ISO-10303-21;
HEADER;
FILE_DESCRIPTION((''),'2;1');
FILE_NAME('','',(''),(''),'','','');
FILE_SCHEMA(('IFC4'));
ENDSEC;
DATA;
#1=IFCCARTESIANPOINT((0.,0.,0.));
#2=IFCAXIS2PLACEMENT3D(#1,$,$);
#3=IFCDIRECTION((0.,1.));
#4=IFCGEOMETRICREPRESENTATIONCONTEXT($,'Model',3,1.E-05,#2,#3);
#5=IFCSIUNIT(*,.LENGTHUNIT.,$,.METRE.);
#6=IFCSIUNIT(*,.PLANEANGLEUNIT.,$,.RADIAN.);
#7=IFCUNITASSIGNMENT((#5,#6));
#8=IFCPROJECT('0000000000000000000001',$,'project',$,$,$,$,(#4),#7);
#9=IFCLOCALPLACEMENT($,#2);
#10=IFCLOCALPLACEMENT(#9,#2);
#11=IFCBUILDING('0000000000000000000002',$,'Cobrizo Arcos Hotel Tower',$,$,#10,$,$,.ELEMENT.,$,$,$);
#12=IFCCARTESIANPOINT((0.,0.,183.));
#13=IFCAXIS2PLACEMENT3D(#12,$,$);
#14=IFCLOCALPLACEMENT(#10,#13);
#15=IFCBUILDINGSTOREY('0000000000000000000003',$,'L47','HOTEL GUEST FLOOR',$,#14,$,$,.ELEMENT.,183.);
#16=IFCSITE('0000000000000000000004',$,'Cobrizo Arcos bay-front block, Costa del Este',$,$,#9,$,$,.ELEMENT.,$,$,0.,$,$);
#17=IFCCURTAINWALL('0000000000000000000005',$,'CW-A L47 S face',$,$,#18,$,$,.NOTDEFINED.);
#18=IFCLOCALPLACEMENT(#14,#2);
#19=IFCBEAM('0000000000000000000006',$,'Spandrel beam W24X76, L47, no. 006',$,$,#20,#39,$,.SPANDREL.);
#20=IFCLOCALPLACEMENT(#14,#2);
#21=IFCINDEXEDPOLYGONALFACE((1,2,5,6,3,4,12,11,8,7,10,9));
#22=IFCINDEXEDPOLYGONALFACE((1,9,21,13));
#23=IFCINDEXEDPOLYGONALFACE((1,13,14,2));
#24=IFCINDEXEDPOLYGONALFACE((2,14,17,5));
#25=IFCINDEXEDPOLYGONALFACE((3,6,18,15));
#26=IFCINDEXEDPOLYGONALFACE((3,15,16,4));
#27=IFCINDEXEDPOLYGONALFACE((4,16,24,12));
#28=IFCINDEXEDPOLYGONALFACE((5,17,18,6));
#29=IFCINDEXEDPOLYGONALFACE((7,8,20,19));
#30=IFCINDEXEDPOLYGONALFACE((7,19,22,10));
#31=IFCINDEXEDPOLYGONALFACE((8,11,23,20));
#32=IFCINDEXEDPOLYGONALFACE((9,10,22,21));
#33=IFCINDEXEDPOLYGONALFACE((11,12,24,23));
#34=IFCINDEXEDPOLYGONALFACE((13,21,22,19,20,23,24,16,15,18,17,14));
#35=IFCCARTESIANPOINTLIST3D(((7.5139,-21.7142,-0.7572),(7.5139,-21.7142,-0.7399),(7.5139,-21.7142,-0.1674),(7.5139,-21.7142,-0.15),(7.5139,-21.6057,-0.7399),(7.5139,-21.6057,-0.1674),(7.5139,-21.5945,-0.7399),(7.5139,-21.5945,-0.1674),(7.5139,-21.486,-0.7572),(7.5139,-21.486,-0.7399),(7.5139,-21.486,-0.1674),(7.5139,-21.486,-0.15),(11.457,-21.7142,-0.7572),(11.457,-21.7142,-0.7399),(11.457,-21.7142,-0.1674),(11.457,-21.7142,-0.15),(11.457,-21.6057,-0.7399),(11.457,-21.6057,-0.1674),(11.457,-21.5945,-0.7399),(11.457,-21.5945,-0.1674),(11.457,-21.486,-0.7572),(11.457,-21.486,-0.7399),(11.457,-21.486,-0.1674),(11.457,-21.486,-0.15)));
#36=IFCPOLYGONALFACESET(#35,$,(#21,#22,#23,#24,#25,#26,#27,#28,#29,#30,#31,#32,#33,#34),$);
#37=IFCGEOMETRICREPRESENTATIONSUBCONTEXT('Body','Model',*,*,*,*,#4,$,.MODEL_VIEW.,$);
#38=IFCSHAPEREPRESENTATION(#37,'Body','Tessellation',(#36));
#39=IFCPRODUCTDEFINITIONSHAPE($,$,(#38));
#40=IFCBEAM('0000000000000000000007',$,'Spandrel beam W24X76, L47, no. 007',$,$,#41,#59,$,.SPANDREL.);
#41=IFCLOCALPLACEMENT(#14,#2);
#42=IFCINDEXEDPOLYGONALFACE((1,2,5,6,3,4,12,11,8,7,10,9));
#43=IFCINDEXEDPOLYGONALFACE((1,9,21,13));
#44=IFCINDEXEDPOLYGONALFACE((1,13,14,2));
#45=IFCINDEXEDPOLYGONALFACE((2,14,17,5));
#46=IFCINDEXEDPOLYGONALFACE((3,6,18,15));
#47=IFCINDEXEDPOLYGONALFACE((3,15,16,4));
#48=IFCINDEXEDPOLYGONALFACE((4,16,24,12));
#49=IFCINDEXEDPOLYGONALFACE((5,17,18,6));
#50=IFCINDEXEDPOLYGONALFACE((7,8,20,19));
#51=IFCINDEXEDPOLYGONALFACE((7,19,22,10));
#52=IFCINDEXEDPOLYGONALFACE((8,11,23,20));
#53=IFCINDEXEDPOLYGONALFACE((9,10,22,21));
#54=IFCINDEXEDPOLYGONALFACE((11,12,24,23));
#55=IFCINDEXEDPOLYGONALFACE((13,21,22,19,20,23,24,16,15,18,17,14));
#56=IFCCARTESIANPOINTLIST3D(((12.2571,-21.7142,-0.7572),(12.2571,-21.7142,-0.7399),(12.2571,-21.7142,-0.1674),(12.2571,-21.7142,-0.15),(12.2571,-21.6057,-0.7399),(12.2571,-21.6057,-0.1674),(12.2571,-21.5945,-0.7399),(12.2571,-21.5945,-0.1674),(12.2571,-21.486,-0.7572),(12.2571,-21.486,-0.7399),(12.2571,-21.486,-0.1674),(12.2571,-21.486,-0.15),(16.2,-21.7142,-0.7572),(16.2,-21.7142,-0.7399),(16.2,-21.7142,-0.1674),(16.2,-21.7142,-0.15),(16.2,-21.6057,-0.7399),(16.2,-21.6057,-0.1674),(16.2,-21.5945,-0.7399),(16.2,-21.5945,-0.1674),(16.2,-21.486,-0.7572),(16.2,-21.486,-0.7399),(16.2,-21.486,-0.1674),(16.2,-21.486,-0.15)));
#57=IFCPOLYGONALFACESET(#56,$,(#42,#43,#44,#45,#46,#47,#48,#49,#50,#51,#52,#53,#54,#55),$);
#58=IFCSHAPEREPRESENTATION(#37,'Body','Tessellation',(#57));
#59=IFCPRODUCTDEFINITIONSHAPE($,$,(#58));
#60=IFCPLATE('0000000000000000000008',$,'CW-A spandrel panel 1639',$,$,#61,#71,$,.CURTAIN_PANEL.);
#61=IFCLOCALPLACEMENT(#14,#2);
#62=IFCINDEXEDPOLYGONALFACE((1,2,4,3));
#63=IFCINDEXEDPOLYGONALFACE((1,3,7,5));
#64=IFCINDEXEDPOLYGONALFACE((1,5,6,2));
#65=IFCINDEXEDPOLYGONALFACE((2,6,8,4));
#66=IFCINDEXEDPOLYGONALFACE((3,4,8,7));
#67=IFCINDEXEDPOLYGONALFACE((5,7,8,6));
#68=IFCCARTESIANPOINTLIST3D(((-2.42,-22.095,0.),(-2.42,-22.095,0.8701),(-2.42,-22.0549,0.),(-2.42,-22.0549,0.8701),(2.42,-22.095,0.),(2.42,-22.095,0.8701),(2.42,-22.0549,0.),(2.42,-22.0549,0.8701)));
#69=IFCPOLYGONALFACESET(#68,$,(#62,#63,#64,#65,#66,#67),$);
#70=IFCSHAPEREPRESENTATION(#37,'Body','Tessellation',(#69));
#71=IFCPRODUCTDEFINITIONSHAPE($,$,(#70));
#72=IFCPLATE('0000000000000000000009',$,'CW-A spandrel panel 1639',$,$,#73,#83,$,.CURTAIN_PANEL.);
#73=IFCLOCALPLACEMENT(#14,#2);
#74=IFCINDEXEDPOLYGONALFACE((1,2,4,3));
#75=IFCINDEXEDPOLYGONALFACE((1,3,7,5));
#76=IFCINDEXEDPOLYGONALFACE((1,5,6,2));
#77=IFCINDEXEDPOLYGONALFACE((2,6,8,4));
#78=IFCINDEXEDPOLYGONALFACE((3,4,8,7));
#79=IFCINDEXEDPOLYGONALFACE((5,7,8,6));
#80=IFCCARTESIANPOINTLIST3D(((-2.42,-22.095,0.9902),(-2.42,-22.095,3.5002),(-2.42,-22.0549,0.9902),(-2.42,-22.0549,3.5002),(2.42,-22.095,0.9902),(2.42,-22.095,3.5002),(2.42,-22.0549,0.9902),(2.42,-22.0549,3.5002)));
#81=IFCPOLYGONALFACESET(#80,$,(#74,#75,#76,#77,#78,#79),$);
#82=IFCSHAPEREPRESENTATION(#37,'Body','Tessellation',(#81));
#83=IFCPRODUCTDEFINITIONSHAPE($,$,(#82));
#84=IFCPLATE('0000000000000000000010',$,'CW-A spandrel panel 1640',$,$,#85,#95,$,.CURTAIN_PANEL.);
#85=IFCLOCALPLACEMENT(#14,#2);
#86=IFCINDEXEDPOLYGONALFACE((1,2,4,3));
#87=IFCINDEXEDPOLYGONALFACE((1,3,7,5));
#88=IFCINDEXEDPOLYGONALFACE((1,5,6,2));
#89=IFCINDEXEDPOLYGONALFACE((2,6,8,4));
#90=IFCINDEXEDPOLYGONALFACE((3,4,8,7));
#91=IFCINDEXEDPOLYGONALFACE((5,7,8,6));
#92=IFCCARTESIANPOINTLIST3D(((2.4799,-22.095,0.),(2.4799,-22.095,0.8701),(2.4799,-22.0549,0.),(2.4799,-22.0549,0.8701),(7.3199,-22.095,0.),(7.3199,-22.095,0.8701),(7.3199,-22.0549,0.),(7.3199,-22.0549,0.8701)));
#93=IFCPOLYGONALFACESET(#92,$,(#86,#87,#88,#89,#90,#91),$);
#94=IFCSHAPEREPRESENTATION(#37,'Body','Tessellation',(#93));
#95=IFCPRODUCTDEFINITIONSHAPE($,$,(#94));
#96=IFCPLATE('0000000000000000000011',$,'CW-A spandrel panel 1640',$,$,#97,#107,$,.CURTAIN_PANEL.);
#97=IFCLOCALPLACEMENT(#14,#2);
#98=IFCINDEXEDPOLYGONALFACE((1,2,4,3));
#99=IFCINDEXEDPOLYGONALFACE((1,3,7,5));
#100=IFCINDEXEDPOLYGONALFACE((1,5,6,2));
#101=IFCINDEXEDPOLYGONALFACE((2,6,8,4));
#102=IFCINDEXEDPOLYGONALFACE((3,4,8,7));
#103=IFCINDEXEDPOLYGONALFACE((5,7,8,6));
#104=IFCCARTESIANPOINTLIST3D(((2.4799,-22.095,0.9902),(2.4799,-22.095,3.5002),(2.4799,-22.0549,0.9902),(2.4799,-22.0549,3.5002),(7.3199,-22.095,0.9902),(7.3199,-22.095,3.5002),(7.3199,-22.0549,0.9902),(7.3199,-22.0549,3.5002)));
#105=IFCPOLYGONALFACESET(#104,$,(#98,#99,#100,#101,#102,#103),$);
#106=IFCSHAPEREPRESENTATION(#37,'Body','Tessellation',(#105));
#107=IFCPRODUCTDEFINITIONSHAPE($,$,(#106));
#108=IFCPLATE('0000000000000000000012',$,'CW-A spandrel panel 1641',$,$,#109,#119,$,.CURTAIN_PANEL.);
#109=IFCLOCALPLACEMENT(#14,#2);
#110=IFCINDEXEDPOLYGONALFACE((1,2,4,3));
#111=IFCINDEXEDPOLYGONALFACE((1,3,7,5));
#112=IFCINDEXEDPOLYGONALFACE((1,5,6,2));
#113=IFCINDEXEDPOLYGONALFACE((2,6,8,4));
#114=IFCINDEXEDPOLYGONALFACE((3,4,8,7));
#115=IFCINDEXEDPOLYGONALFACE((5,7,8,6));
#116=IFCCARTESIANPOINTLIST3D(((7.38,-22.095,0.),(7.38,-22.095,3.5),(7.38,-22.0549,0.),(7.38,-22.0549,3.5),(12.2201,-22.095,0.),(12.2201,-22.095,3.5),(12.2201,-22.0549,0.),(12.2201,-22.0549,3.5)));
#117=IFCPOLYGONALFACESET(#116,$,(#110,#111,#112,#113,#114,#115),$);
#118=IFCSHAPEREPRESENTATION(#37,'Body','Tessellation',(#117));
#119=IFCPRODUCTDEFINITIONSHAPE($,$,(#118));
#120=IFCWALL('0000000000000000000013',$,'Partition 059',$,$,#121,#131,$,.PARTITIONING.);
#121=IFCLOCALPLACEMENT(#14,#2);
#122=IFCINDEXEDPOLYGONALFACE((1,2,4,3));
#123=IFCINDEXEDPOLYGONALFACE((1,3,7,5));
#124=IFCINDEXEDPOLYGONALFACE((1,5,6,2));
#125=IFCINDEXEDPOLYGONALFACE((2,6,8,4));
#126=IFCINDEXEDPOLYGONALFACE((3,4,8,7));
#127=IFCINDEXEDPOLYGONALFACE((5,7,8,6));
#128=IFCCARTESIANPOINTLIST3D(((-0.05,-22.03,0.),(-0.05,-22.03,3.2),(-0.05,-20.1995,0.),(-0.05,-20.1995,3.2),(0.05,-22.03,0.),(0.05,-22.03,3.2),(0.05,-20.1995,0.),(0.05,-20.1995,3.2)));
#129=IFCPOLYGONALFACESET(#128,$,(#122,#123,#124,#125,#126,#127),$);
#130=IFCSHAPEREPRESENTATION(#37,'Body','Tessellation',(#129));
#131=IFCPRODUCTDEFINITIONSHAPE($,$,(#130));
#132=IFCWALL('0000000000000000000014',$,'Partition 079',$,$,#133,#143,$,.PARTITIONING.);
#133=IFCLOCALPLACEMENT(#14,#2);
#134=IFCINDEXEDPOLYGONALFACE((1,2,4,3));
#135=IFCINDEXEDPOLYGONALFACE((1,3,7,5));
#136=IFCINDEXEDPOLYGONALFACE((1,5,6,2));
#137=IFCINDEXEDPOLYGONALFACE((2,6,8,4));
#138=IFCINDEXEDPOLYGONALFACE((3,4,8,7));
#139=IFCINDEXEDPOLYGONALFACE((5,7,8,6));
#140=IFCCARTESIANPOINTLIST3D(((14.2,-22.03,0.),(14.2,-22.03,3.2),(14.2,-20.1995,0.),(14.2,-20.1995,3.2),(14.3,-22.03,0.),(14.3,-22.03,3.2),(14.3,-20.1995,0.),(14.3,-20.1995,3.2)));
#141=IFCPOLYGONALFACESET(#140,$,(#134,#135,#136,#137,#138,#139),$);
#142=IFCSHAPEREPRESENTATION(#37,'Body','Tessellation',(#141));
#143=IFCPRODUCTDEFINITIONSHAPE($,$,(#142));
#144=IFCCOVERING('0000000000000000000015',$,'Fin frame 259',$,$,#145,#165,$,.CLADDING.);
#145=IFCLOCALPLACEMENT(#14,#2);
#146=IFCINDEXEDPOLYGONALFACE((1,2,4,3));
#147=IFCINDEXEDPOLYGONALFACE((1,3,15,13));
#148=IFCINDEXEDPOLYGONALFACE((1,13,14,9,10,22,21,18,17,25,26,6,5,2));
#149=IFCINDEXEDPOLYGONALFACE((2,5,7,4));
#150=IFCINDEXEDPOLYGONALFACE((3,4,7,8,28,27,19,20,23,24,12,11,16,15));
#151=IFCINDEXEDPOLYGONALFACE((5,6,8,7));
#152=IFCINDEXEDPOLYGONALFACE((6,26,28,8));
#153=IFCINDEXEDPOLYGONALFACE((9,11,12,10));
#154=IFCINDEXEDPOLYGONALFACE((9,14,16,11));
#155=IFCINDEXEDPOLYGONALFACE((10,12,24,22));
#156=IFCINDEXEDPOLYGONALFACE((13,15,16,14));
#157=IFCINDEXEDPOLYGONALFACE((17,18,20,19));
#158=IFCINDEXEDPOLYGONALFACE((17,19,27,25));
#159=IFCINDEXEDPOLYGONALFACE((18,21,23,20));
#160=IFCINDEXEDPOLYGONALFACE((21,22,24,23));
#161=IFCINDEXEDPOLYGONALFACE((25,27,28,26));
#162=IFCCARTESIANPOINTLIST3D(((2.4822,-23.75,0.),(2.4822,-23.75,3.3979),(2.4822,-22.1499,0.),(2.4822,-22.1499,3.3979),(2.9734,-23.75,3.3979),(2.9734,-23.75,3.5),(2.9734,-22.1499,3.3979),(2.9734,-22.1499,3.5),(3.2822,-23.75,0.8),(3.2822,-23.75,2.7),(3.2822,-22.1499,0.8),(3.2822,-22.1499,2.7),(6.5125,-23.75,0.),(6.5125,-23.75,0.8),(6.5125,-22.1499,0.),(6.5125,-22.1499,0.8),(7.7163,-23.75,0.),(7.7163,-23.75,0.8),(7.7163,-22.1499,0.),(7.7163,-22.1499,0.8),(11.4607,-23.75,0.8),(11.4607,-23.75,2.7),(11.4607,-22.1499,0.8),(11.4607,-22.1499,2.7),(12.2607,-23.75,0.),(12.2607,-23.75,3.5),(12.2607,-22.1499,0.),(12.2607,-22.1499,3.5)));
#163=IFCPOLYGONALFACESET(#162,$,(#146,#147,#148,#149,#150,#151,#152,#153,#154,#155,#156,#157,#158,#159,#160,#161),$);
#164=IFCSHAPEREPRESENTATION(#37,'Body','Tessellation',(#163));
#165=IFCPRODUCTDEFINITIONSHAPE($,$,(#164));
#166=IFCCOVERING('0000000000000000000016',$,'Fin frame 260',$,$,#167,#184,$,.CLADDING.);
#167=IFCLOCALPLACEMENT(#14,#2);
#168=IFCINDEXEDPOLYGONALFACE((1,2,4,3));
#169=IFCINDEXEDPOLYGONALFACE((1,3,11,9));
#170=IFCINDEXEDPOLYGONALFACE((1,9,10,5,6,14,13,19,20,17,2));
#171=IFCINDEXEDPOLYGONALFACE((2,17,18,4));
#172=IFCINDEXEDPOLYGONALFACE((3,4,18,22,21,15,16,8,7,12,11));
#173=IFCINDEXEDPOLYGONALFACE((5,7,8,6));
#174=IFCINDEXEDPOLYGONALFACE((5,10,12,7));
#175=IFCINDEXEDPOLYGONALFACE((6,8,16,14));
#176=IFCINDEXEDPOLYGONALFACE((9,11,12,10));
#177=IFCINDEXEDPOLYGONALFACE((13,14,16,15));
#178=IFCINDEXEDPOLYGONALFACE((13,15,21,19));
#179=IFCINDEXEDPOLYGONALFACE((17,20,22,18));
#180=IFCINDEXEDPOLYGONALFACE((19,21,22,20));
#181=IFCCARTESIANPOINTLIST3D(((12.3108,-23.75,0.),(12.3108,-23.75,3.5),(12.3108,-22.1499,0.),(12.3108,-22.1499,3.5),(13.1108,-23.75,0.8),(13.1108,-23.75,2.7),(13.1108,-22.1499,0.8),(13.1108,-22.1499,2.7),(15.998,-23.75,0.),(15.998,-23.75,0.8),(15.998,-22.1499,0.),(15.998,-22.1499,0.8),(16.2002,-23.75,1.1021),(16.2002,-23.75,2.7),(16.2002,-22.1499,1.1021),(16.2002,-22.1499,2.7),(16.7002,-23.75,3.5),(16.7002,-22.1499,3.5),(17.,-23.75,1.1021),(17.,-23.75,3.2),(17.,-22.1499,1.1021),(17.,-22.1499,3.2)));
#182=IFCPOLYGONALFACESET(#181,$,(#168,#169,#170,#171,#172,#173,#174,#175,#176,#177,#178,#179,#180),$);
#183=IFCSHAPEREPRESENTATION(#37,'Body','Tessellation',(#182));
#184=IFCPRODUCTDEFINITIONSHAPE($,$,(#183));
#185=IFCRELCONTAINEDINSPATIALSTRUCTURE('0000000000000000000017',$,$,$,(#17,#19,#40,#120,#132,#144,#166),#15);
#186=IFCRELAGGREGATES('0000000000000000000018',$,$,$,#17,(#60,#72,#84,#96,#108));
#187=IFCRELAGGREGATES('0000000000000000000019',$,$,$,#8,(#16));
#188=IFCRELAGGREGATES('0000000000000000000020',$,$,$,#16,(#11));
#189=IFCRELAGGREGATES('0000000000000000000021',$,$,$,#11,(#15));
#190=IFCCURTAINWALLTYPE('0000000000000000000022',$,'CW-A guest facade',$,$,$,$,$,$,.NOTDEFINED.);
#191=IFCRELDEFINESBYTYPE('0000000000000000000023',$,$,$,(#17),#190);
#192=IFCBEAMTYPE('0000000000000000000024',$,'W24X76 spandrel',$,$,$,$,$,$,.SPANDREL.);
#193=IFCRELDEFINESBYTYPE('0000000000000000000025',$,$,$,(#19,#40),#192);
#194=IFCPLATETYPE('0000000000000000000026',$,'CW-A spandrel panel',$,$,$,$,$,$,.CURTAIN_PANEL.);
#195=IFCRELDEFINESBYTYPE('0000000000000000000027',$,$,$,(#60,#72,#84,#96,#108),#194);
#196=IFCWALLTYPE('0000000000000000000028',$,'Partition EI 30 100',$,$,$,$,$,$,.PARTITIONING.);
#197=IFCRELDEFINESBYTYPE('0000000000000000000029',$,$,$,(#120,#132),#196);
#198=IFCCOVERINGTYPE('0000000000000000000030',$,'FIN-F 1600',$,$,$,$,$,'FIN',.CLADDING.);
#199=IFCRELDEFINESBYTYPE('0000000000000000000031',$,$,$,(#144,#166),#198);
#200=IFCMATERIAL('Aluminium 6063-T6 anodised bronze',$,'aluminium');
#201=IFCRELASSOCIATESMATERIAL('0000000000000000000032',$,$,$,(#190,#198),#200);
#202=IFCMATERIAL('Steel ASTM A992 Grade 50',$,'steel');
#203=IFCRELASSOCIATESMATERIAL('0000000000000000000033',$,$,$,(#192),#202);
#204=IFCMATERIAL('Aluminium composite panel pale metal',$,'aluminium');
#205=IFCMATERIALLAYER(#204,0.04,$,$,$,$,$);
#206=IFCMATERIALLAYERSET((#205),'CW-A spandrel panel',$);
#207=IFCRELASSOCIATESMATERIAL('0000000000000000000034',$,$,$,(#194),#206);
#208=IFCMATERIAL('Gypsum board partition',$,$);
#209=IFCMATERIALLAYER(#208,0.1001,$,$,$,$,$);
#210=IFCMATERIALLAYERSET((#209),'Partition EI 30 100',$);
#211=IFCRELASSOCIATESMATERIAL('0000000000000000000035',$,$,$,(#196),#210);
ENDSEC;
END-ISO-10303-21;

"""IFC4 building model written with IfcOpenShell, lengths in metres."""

from ifc_helpers import new_model, si_unit, direction, frame, frame_2d, origin, origin_2d, place, context, subcontext, project, spatial, polyline, rectangle, i_section, outline, extrude, material, layer, layer_set, material_profile, profile_set, type_object, element, aggregate, save


model = new_model("IFC4")

# Units and contexts
model_context = context("Model", 3, precision=1e-05, world=origin(), true_north=direction((0.0, 1.0)))
body_context = subcontext(model_context, "Body", "Model", "MODEL_VIEW")
ifc_project = project(units=[si_unit("LENGTHUNIT", "METRE"), si_unit("PLANEANGLEUNIT", "RADIAN")], contexts=[model_context])

# Site, building, storey
site_placement = place(None, origin())
site = spatial("IfcSite", under=ifc_project, at=site_placement, Name="Cobrizo Arcos bay-front block, Costa del Este", CompositionType="ELEMENT", RefElevation=0.0)
building_placement = place(site_placement, origin())
building = spatial("IfcBuilding", under=site, at=building_placement, Name="Cobrizo Arcos Hotel Tower", CompositionType="ELEMENT")
storey_placement = place(building_placement, frame((0.0, 0.0, 183.0)))
storey = spatial("IfcBuildingStorey", under=building, at=storey_placement, Name="L47", Description="HOTEL GUEST FLOOR", CompositionType="ELEMENT", Elevation=183.0)

# Curtain wall
ifc_material_1 = material(Name="Aluminium 6063-T6 anodised bronze", Category="aluminium")
curtain_wall_type = type_object("IfcCurtainWallType", Name="CW-A guest facade", PredefinedType="NOTDEFINED", material=ifc_material_1)
curtain_wall_placement = place(storey_placement, origin())
curtain_wall = element("IfcCurtainWall", 1, at=curtain_wall_placement, inside=storey, type_object=curtain_wall_type, Name="CW-A L47 S face", PredefinedType="NOTDEFINED")

# Beams
ifc_material_2 = material(Name="Steel ASTM A992 Grade 50", Category="steel")
ifc_material_profile_1 = material_profile(ifc_material_2, i_section(OverallWidth=0.2283, OverallDepth=0.6072, WebThickness=0.0112, FlangeThickness=0.0173, at=origin_2d()), Name="W24X76")
ifc_profile_set_1 = profile_set([ifc_material_profile_1], Name="Steel ASTM A992 Grade 50")
beam_type_1 = type_object("IfcBeamType", Name="W24X76 spandrel", PredefinedType="SPANDREL", material=ifc_profile_set_1)
for number, where, z_axis, x_axis, name in (
    (2, (7.5139, -21.6001, -0.4536), (1.0, 0.0, 0.0), (0.0, 1.0, 0.0), "Spandrel beam W24X76, L47, no. 006"),
):
    element("IfcBeam", number, at=place(storey_placement, frame(where, z_axis=z_axis, x_axis=x_axis)), inside=storey, type_object=beam_type_1, Name=name, PredefinedType="SPANDREL", context=body_context, shape_type="SweptSolid", body=[
        extrude(i_section(OverallWidth=0.2283, OverallDepth=0.6072, WebThickness=0.0112, FlangeThickness=0.0173, at=origin_2d()), origin(), (0.0, 0.0, 1.0), 3.9431),
    ])
beam_1_placement = place(storey_placement, frame((12.2571, -21.6001, -0.4536), z_axis=(1.0, 0.0, 0.0), x_axis=(0.0, 1.0, 0.0)))
element("IfcBeam", 3, at=beam_1_placement, inside=storey, type_object=beam_type_1, Name="Spandrel beam W24X76, L47, no. 007", PredefinedType="SPANDREL", context=body_context, shape_type="SweptSolid", body=[
    extrude(i_section(OverallWidth=0.2283, OverallDepth=0.6072, WebThickness=0.0112, FlangeThickness=0.0173, at=origin_2d()), origin(), (0.0, 0.0, 1.0), 3.9429),
])

# Plates
ifc_material_3 = material(Name="Aluminium composite panel pale metal", Category="aluminium")
ifc_layer_1 = layer(ifc_material_3, 0.04)
ifc_layer_set_1 = layer_set([ifc_layer_1], Name="CW-A spandrel panel")
plate_type = type_object("IfcPlateType", Name="CW-A spandrel panel", PredefinedType="CURTAIN_PANEL", material=ifc_layer_set_1)
plate_1_placement = place(storey_placement, frame((0.0, -22.075, 0.0), z_axis=(0.0, 0.0, 1.0), x_axis=(1.0, 0.0, 0.0)))
plate_1 = element("IfcPlate", 4, at=plate_1_placement, type_object=plate_type, Name="CW-A spandrel panel 1639", PredefinedType="CURTAIN_PANEL", context=body_context, shape_type="SweptSolid", body=[
    extrude(rectangle(XDim=4.8401, YDim=0.04, at=origin_2d()), origin(), (0.0, 0.0, 1.0), 0.8701),
])
plate_2_placement = place(storey_placement, frame((0.0, -22.075, 0.9902), z_axis=(0.0, 0.0, 1.0), x_axis=(1.0, 0.0, 0.0)))
plate_2 = element("IfcPlate", 5, at=plate_2_placement, type_object=plate_type, Name="CW-A spandrel panel 1639", PredefinedType="CURTAIN_PANEL", context=body_context, shape_type="SweptSolid", body=[
    extrude(rectangle(XDim=4.8401, YDim=0.04, at=origin_2d()), origin(), (0.0, 0.0, 1.0), 2.51),
])
plate_3_placement = place(storey_placement, frame((4.8999, -22.075, 0.0), z_axis=(0.0, 0.0, 1.0), x_axis=(1.0, 0.0, 0.0)))
plate_3 = element("IfcPlate", 6, at=plate_3_placement, type_object=plate_type, Name="CW-A spandrel panel 1640", PredefinedType="CURTAIN_PANEL", context=body_context, shape_type="SweptSolid", body=[
    extrude(rectangle(XDim=4.8401, YDim=0.04, at=origin_2d()), origin(), (0.0, 0.0, 1.0), 0.8701),
])
plate_4_placement = place(storey_placement, frame((4.8999, -22.075, 0.9902), z_axis=(0.0, 0.0, 1.0), x_axis=(1.0, 0.0, 0.0)))
plate_4 = element("IfcPlate", 7, at=plate_4_placement, type_object=plate_type, Name="CW-A spandrel panel 1640", PredefinedType="CURTAIN_PANEL", context=body_context, shape_type="SweptSolid", body=[
    extrude(rectangle(XDim=4.8401, YDim=0.04, at=origin_2d()), origin(), (0.0, 0.0, 1.0), 2.51),
])
plate_5_placement = place(storey_placement, frame((9.8, -22.075, 0.0), z_axis=(0.0, 0.0, 1.0), x_axis=(1.0, 0.0, 0.0)))
plate_5 = element("IfcPlate", 8, at=plate_5_placement, type_object=plate_type, Name="CW-A spandrel panel 1641", PredefinedType="CURTAIN_PANEL", context=body_context, shape_type="SweptSolid", body=[
    extrude(rectangle(XDim=4.8401, YDim=0.04, at=origin_2d()), origin(), (0.0, 0.0, 1.0), 3.5),
])
aggregate(curtain_wall, [plate_1, plate_2, plate_3, plate_4, plate_5])

# Walls
ifc_material_4 = material(Name="Gypsum board partition")
ifc_layer_2 = layer(ifc_material_4, 0.1001)
ifc_layer_set_2 = layer_set([ifc_layer_2], Name="Partition EI 30 100")
wall_type = type_object("IfcWallType", Name="Partition EI 30 100", PredefinedType="PARTITIONING", material=ifc_layer_set_2)
for number, where, z_axis, x_axis, name in (
    (9, (0.0, -22.03, 0.0), (0.0, 0.0, 1.0), (0.0, 1.0, 0.0), "Partition 059"),
    (10, (14.25, -22.03, 0.0), (0.0, 0.0, 1.0), (0.0, 1.0, 0.0), "Partition 079"),
):
    element("IfcWall", number, at=place(storey_placement, frame(where, z_axis=z_axis, x_axis=x_axis)), inside=storey, type_object=wall_type, Name=name, PredefinedType="PARTITIONING", context=body_context, shape_type="SweptSolid", body=[
        extrude(rectangle(XDim=1.8306, YDim=0.1001, at=frame_2d((0.9153, 0.0))), origin(), (0.0, 0.0, 1.0), 3.2),
    ])

# Coverings
covering_type = type_object("IfcCoveringType", Name="FIN-F 1600", ElementType="FIN", PredefinedType="CLADDING", material=ifc_material_1)
covering_1_placement = place(storey_placement, frame((2.4822, -22.1499, 0.0), z_axis=(0.0, -1.0, 0.0), x_axis=(1.0, 0.0, 0.0)))
element("IfcCovering", 11, at=covering_1_placement, inside=storey, type_object=covering_type, Name="Fin frame 259", PredefinedType="CLADDING", context=body_context, shape_type="SweptSolid", body=[
    extrude(outline(polyline([(0.0, 0.0), (4.0303, 0.0), (4.0303, 0.8), (0.8, 0.8), (0.8, 2.7), (8.9785, 2.7), (8.9785, 0.8), (5.2341, 0.8), (5.2341, 0.0), (9.7786, 0.0), (9.7786, 3.5), (0.4912, 3.5), (0.4912, 3.3979), (0.0, 3.3979), (0.0, 0.0)])), origin(), (0.0, 0.0, 1.0), 1.6001),
])
covering_2_placement = place(storey_placement, frame((12.3108, -22.1499, 0.0), z_axis=(0.0, -1.0, 0.0), x_axis=(1.0, 0.0, 0.0)))
element("IfcCovering", 12, at=covering_2_placement, inside=storey, type_object=covering_type, Name="Fin frame 260", PredefinedType="CLADDING", context=body_context, shape_type="SweptSolid", body=[
    extrude(outline(polyline([(0.0, 0.0), (3.6873, 0.0), (3.6873, 0.8), (0.8, 0.8), (0.8, 2.7), (3.8894, 2.7), (3.8894, 1.1021), (4.6892, 1.1021), (4.6892, 3.2), (4.3894, 3.5), (0.0, 3.5), (0.0, 0.0)])), origin(), (0.0, 0.0, 1.0), 1.6001),
])

save(model, "model.ifc")
